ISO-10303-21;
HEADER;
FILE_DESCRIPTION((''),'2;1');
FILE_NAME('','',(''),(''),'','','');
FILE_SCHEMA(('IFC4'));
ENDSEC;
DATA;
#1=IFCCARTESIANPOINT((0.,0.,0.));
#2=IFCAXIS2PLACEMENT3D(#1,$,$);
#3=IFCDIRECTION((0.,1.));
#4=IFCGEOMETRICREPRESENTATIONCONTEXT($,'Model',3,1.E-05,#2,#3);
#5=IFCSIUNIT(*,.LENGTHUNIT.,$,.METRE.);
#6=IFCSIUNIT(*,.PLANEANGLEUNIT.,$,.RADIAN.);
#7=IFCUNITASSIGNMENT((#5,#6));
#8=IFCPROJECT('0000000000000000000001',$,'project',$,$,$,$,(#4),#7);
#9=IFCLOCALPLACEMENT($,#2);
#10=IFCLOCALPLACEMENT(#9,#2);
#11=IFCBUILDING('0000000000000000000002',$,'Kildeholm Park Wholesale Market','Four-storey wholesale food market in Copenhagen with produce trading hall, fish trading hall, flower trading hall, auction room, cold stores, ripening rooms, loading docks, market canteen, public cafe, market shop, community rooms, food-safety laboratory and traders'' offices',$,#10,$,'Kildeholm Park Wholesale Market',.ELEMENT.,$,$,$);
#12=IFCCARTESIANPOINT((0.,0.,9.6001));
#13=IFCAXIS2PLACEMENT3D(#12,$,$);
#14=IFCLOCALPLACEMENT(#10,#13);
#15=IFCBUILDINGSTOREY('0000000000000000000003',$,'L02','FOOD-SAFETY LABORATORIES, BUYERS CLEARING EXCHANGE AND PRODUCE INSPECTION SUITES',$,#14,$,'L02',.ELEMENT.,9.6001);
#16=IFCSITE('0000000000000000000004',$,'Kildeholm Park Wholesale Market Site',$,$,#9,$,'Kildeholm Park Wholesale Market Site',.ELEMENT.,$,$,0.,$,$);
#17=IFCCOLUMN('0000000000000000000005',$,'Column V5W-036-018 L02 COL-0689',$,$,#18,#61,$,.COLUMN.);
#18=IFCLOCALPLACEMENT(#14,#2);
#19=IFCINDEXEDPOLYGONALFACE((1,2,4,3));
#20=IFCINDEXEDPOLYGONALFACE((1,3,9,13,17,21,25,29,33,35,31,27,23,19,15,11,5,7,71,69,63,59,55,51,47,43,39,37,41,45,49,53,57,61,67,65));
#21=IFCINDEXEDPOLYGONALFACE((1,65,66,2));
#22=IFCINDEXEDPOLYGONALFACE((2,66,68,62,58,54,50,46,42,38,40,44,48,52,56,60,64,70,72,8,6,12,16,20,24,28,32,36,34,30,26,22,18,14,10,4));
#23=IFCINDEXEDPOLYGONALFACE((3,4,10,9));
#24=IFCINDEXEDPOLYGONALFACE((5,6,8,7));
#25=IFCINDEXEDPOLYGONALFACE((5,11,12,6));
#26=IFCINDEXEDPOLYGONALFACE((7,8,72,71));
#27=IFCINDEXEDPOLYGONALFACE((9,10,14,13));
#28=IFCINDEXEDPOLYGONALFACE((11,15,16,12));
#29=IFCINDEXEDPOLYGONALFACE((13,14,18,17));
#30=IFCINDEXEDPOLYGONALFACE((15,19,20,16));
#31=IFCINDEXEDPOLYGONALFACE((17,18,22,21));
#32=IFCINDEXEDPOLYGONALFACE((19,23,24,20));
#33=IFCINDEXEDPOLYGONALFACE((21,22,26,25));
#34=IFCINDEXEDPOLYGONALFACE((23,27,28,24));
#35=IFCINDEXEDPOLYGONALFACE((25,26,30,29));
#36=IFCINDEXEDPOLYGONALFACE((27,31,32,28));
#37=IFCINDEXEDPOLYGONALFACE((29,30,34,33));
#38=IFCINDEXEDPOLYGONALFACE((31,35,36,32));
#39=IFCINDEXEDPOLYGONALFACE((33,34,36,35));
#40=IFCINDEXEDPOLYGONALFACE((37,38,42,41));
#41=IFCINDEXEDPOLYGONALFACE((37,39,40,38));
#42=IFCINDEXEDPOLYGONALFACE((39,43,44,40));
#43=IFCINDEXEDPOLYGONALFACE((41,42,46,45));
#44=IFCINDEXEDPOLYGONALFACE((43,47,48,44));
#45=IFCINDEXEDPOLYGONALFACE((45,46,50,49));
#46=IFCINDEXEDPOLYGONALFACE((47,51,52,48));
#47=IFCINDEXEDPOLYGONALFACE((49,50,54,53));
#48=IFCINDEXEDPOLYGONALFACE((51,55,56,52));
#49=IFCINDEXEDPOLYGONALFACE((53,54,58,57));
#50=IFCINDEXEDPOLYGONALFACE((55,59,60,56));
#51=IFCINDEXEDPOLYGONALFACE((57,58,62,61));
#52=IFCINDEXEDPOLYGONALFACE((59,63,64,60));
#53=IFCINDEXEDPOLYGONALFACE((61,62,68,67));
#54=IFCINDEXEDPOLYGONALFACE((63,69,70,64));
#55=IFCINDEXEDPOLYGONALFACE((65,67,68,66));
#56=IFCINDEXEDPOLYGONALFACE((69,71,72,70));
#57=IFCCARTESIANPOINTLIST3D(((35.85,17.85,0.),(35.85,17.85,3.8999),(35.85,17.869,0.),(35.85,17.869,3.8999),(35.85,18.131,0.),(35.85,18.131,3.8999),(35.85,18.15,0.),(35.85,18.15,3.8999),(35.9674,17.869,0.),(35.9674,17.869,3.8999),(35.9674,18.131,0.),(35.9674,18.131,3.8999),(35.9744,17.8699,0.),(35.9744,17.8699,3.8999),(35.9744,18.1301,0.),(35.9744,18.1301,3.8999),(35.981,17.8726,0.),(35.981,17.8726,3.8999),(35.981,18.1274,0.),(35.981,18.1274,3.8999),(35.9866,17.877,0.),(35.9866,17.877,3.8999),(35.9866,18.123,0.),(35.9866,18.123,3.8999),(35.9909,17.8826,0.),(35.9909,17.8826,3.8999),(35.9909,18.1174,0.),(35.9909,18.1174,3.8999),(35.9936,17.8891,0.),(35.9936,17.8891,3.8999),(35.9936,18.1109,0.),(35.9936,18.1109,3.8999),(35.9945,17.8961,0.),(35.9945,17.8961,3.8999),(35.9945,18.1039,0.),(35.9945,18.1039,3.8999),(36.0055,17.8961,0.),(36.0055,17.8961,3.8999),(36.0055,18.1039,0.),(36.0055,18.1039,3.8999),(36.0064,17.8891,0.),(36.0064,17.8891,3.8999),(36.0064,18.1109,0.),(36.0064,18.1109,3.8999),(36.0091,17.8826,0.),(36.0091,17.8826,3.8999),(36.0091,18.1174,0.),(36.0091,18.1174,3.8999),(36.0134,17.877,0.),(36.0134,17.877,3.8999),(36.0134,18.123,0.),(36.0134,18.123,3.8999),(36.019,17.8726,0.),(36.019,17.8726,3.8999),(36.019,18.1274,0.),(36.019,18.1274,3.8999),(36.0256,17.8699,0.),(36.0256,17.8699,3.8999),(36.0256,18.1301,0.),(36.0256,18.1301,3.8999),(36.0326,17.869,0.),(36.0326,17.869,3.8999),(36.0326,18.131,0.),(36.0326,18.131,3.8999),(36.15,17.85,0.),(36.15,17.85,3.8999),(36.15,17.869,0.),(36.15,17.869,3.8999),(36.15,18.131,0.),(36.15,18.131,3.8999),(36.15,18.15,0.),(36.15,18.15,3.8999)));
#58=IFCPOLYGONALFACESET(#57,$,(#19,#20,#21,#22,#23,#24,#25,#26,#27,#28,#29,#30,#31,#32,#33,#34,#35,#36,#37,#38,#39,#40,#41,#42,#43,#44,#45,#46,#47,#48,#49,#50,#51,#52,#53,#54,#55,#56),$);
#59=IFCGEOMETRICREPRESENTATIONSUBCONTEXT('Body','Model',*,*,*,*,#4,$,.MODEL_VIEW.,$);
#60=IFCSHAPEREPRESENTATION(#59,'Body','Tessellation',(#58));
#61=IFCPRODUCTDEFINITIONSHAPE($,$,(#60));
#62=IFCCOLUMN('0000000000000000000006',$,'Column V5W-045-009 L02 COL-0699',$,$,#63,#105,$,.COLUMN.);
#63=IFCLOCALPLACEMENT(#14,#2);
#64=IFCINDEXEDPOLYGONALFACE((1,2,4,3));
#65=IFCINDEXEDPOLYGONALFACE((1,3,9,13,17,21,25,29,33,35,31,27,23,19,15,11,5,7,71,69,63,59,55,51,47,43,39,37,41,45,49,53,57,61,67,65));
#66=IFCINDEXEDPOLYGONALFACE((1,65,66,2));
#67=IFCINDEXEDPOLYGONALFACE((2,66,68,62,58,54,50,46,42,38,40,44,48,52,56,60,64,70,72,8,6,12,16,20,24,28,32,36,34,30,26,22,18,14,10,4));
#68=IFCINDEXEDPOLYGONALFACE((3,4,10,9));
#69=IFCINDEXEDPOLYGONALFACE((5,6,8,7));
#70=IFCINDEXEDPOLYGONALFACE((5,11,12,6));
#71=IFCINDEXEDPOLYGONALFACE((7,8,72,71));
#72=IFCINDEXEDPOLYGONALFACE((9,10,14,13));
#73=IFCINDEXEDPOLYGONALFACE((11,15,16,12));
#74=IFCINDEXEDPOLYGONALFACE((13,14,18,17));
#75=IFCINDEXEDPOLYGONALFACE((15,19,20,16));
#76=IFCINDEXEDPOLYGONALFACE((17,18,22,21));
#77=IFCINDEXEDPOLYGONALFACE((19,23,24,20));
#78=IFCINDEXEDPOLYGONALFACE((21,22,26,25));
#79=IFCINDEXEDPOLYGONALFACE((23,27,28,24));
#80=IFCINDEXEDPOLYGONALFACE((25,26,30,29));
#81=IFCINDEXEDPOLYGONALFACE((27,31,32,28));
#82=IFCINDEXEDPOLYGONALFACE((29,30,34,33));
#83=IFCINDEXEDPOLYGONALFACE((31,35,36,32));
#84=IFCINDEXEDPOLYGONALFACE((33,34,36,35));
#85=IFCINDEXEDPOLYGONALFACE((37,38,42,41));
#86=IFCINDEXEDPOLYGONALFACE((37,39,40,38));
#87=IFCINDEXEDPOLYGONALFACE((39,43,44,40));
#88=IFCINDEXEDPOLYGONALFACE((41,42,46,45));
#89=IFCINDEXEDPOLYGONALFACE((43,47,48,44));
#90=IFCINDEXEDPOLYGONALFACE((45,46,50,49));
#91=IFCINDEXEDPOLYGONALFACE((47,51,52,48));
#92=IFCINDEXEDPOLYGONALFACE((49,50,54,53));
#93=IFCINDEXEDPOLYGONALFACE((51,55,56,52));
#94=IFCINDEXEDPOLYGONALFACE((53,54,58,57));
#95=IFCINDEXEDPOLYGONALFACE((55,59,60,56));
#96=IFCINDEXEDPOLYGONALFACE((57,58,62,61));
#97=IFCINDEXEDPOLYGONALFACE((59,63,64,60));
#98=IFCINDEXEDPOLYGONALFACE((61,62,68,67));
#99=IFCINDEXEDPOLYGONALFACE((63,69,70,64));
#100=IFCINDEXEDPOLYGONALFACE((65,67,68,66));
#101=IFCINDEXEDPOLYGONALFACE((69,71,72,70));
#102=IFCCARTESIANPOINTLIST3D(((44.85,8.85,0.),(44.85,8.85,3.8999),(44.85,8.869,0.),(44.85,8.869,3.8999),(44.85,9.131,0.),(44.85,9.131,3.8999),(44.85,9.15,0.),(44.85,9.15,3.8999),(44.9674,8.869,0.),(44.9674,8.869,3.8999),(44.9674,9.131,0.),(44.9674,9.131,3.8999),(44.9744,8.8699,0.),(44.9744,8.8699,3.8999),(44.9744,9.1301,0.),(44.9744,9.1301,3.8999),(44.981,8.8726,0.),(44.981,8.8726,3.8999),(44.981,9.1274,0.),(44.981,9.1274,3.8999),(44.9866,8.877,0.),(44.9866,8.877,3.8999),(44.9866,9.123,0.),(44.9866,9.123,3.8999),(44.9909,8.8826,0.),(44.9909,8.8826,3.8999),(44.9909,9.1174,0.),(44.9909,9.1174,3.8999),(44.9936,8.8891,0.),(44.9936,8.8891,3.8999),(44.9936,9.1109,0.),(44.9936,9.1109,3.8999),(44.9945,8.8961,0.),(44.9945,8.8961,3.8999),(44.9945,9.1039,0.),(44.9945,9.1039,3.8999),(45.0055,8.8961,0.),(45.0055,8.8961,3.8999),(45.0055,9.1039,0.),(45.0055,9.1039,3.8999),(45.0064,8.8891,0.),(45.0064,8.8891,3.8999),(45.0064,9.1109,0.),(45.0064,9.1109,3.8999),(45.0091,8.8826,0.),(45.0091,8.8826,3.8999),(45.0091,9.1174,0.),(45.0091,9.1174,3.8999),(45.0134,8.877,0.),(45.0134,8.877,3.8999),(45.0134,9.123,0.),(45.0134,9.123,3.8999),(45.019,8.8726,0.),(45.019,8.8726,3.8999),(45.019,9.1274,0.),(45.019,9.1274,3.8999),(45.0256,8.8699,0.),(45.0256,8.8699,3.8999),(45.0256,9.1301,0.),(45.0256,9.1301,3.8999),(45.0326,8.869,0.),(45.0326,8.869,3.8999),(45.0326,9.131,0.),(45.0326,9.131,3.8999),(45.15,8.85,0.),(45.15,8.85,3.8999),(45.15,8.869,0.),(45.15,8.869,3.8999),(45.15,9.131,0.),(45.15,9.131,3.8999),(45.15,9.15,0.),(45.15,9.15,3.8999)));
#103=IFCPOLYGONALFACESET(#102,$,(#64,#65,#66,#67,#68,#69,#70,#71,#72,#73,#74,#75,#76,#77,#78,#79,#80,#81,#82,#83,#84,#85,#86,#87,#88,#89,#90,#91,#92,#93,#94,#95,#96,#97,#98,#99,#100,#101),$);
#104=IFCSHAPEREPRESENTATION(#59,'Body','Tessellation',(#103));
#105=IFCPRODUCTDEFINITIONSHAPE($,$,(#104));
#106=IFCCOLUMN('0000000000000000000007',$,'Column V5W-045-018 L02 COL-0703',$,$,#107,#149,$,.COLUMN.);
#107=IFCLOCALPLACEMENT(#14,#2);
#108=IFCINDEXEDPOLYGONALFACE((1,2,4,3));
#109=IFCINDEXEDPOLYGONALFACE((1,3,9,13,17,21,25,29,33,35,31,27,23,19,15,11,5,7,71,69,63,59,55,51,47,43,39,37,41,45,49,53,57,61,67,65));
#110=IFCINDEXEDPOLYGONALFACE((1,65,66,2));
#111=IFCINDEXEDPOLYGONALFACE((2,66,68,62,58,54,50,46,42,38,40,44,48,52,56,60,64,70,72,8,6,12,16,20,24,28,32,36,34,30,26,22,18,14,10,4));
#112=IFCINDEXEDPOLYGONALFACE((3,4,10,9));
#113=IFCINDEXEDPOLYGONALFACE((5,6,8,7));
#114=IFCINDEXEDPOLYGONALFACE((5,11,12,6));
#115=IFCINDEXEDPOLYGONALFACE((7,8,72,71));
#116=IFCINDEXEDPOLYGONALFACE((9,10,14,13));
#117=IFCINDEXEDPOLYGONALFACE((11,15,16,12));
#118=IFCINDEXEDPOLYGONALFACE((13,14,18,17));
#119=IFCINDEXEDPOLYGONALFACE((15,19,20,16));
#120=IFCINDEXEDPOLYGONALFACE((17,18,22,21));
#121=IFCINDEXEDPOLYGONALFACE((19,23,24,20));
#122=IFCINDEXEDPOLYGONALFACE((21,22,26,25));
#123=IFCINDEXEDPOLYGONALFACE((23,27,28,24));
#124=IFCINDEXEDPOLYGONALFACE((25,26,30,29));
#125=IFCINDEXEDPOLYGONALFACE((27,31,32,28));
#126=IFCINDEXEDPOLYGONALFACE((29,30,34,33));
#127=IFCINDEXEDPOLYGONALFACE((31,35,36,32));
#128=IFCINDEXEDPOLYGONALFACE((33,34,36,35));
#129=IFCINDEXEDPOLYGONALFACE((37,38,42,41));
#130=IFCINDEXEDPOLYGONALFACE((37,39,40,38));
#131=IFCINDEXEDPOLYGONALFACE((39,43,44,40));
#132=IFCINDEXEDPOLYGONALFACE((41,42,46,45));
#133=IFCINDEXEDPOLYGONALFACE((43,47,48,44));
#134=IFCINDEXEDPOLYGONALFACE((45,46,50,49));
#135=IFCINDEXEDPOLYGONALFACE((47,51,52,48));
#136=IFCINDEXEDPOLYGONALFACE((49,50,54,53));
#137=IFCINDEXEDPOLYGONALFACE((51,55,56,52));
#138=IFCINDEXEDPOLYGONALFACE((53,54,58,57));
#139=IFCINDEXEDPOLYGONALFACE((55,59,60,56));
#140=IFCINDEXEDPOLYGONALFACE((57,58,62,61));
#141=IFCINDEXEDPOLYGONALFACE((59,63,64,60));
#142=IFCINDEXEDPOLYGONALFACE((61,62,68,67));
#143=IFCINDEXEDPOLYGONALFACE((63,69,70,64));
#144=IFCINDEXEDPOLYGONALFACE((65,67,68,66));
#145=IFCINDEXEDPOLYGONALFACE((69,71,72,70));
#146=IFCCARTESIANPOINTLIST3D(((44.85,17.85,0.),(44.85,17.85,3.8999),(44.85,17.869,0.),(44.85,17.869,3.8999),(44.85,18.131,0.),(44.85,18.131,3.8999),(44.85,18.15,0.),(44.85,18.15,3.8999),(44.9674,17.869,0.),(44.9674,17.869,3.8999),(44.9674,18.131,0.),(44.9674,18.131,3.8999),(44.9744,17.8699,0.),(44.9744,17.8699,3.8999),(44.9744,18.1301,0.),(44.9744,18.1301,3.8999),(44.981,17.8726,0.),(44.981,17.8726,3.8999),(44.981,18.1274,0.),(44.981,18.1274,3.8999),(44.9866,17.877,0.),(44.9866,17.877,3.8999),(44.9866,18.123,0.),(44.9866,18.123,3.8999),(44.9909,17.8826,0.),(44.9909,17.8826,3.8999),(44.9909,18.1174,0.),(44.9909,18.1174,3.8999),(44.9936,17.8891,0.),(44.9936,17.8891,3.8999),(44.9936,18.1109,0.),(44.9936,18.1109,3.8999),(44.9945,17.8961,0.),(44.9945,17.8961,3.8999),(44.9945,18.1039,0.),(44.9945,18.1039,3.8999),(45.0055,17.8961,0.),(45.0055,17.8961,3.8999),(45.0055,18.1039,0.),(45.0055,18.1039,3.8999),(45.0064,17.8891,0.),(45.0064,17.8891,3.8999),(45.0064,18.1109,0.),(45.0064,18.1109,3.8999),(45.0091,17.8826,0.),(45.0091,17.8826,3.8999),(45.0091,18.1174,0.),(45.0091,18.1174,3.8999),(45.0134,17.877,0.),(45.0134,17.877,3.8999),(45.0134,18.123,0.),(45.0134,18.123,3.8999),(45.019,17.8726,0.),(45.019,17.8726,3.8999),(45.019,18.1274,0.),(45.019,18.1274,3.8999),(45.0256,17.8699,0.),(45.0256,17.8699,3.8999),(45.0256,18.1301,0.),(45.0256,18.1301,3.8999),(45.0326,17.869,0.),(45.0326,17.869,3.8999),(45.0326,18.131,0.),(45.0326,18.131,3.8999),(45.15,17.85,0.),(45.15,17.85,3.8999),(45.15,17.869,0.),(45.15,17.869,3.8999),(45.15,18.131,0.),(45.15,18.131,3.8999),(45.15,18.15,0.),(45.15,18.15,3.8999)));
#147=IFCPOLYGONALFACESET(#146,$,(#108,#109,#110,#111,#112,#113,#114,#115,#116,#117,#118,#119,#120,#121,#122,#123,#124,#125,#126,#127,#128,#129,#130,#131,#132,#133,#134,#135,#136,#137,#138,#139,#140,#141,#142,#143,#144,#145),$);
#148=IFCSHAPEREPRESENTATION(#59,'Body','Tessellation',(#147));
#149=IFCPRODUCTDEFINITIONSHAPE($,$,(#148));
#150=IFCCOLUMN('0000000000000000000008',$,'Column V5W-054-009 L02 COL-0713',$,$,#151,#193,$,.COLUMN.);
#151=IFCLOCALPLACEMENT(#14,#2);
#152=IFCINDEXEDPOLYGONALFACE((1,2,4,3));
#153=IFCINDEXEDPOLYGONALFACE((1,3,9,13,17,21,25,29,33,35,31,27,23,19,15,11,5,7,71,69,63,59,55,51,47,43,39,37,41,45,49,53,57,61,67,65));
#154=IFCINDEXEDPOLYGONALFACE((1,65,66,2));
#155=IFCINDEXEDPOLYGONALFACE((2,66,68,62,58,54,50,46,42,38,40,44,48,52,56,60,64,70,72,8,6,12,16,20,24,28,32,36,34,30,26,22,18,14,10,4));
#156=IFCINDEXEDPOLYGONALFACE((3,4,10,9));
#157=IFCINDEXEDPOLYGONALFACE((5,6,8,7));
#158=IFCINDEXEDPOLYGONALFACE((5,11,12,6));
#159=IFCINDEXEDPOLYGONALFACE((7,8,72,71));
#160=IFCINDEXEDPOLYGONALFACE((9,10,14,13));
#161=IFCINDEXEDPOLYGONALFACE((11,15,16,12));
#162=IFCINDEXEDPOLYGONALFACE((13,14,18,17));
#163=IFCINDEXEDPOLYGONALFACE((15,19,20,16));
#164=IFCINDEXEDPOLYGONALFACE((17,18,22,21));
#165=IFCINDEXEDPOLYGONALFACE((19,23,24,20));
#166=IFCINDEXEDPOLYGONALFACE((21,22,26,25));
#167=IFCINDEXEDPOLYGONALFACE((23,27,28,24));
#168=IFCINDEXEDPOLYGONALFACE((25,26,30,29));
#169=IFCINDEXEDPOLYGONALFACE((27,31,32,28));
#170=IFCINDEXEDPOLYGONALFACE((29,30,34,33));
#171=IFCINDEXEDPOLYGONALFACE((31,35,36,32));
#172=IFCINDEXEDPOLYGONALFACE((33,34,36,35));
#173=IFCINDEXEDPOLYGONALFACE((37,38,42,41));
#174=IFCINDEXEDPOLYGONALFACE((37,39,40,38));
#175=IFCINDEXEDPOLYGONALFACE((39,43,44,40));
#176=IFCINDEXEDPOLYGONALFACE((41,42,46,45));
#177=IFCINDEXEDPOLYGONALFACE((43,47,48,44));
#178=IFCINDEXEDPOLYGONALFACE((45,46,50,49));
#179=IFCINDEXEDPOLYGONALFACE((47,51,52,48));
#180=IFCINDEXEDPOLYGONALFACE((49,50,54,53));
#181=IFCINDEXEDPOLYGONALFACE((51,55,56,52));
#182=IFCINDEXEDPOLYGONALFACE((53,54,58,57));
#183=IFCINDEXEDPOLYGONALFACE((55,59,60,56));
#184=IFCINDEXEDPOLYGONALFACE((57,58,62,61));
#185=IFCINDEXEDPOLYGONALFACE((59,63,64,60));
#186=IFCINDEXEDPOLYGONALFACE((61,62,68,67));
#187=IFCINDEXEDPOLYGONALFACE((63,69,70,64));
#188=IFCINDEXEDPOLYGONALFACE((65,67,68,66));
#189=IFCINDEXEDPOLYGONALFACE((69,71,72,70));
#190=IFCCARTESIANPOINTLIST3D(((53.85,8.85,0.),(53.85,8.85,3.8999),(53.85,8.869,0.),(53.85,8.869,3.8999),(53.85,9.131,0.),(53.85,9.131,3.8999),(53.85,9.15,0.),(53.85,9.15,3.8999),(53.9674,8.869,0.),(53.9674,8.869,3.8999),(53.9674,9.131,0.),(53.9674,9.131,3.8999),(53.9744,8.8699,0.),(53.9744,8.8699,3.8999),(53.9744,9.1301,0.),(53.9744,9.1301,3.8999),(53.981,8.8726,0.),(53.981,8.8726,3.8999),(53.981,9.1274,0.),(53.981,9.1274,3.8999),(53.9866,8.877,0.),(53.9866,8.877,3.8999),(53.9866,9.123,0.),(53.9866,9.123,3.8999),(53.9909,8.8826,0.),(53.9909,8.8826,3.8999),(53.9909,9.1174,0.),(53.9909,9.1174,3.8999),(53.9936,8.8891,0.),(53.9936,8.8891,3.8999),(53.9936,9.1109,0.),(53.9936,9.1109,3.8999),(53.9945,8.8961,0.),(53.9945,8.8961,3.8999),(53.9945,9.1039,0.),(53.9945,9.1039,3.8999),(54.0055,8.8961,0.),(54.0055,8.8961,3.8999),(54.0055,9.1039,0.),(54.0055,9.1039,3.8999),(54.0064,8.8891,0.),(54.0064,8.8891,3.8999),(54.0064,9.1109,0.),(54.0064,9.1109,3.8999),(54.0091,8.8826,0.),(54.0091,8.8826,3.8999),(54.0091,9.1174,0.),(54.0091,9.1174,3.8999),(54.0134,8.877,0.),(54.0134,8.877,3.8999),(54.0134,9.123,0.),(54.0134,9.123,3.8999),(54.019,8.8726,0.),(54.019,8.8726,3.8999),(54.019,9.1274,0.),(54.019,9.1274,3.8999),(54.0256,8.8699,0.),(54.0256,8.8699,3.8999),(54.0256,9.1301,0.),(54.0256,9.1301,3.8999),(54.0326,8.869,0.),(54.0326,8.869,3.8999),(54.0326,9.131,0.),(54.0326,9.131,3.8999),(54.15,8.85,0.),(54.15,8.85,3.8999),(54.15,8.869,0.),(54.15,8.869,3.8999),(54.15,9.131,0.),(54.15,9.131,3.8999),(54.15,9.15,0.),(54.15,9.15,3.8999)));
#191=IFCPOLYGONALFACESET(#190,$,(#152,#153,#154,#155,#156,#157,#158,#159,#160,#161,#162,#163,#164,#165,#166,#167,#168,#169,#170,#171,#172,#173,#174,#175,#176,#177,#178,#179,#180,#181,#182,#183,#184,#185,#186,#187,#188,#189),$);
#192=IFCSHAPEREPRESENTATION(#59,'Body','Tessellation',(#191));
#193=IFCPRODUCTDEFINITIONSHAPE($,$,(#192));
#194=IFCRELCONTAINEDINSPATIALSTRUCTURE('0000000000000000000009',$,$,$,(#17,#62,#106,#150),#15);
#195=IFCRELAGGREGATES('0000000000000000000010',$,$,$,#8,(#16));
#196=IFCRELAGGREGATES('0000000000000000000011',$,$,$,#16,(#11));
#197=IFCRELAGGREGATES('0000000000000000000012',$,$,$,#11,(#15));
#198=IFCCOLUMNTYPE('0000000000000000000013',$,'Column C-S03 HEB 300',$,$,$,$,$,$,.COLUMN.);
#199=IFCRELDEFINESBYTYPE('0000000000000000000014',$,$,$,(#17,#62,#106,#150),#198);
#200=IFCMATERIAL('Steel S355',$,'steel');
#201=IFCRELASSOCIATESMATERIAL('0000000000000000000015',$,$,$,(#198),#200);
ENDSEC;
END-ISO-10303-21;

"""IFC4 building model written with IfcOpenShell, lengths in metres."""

from ifc_helpers import new_model, si_unit, direction, frame, origin, origin_2d, place, context, subcontext, project, spatial, i_section, extrude, material, material_profile, profile_set, type_object, element, save


model = new_model("IFC4")

# Units and contexts
model_context = context("Model", 3, precision=1e-05, world=origin(), true_north=direction((0.0, 1.0)))
body_context = subcontext(model_context, "Body", "Model", "MODEL_VIEW")
ifc_project = project(units=[si_unit("LENGTHUNIT", "METRE"), si_unit("PLANEANGLEUNIT", "RADIAN")], contexts=[model_context])

# Site, building, storey
site_placement = place(None, origin())
site = spatial("IfcSite", under=ifc_project, at=site_placement, Name="Kildeholm Park Wholesale Market Site", LongName="Kildeholm Park Wholesale Market Site", CompositionType="ELEMENT", RefElevation=0.0)
building_placement = place(site_placement, origin())
building = spatial("IfcBuilding", under=site, at=building_placement, Name="Kildeholm Park Wholesale Market", Description="Four-storey wholesale food market in Copenhagen with produce trading hall, fish trading hall, flower trading hall, auction room, cold stores, ripening rooms, loading docks, market canteen, public cafe, market shop, community rooms, food-safety laboratory and traders' offices", LongName="Kildeholm Park Wholesale Market", CompositionType="ELEMENT")
storey_placement = place(building_placement, frame((0.0, 0.0, 9.6001)))
storey = spatial("IfcBuildingStorey", under=building, at=storey_placement, Name="L02", Description="FOOD-SAFETY LABORATORIES, BUYERS CLEARING EXCHANGE AND PRODUCE INSPECTION SUITES", LongName="L02", CompositionType="ELEMENT", Elevation=9.6001)

# Columns
ifc_material_1 = material(Name="Steel S355", Category="steel")
ifc_material_profile_1 = material_profile(ifc_material_1, i_section(OverallWidth=0.3, OverallDepth=0.3, WebThickness=0.011, FlangeThickness=0.019, FilletRadius=0.0271, at=origin_2d()), Name="HEB 300")
ifc_profile_set_1 = profile_set([ifc_material_profile_1], Name="Steel S355")
column_type = type_object("IfcColumnType", Name="Column C-S03 HEB 300", PredefinedType="COLUMN", material=ifc_profile_set_1)
for number, where, z_axis, x_axis, name in (
    (1, (36.0, 18.0, 0.0), (0.0, 0.0, 1.0), (1.0, 0.0, 0.0), "Column V5W-036-018 L02 COL-0689"),
    (2, (45.0, 9.0, 0.0), (0.0, 0.0, 1.0), (1.0, 0.0, 0.0), "Column V5W-045-009 L02 COL-0699"),
    (3, (45.0, 18.0, 0.0), (0.0, 0.0, 1.0), (1.0, 0.0, 0.0), "Column V5W-045-018 L02 COL-0703"),
    (4, (54.0, 9.0, 0.0), (0.0, 0.0, 1.0), (1.0, 0.0, 0.0), "Column V5W-054-009 L02 COL-0713"),
):
    element("IfcColumn", number, at=place(storey_placement, frame(where, z_axis=z_axis, x_axis=x_axis)), inside=storey, type_object=column_type, Name=name, PredefinedType="COLUMN", context=body_context, shape_type="SweptSolid", body=[
        extrude(i_section(OverallWidth=0.3, OverallDepth=0.3, WebThickness=0.011, FlangeThickness=0.019, FilletRadius=0.0271, at=origin_2d()), origin(), (0.0, 0.0, 1.0), 3.8999),
    ])

save(model, "model.ifc")
